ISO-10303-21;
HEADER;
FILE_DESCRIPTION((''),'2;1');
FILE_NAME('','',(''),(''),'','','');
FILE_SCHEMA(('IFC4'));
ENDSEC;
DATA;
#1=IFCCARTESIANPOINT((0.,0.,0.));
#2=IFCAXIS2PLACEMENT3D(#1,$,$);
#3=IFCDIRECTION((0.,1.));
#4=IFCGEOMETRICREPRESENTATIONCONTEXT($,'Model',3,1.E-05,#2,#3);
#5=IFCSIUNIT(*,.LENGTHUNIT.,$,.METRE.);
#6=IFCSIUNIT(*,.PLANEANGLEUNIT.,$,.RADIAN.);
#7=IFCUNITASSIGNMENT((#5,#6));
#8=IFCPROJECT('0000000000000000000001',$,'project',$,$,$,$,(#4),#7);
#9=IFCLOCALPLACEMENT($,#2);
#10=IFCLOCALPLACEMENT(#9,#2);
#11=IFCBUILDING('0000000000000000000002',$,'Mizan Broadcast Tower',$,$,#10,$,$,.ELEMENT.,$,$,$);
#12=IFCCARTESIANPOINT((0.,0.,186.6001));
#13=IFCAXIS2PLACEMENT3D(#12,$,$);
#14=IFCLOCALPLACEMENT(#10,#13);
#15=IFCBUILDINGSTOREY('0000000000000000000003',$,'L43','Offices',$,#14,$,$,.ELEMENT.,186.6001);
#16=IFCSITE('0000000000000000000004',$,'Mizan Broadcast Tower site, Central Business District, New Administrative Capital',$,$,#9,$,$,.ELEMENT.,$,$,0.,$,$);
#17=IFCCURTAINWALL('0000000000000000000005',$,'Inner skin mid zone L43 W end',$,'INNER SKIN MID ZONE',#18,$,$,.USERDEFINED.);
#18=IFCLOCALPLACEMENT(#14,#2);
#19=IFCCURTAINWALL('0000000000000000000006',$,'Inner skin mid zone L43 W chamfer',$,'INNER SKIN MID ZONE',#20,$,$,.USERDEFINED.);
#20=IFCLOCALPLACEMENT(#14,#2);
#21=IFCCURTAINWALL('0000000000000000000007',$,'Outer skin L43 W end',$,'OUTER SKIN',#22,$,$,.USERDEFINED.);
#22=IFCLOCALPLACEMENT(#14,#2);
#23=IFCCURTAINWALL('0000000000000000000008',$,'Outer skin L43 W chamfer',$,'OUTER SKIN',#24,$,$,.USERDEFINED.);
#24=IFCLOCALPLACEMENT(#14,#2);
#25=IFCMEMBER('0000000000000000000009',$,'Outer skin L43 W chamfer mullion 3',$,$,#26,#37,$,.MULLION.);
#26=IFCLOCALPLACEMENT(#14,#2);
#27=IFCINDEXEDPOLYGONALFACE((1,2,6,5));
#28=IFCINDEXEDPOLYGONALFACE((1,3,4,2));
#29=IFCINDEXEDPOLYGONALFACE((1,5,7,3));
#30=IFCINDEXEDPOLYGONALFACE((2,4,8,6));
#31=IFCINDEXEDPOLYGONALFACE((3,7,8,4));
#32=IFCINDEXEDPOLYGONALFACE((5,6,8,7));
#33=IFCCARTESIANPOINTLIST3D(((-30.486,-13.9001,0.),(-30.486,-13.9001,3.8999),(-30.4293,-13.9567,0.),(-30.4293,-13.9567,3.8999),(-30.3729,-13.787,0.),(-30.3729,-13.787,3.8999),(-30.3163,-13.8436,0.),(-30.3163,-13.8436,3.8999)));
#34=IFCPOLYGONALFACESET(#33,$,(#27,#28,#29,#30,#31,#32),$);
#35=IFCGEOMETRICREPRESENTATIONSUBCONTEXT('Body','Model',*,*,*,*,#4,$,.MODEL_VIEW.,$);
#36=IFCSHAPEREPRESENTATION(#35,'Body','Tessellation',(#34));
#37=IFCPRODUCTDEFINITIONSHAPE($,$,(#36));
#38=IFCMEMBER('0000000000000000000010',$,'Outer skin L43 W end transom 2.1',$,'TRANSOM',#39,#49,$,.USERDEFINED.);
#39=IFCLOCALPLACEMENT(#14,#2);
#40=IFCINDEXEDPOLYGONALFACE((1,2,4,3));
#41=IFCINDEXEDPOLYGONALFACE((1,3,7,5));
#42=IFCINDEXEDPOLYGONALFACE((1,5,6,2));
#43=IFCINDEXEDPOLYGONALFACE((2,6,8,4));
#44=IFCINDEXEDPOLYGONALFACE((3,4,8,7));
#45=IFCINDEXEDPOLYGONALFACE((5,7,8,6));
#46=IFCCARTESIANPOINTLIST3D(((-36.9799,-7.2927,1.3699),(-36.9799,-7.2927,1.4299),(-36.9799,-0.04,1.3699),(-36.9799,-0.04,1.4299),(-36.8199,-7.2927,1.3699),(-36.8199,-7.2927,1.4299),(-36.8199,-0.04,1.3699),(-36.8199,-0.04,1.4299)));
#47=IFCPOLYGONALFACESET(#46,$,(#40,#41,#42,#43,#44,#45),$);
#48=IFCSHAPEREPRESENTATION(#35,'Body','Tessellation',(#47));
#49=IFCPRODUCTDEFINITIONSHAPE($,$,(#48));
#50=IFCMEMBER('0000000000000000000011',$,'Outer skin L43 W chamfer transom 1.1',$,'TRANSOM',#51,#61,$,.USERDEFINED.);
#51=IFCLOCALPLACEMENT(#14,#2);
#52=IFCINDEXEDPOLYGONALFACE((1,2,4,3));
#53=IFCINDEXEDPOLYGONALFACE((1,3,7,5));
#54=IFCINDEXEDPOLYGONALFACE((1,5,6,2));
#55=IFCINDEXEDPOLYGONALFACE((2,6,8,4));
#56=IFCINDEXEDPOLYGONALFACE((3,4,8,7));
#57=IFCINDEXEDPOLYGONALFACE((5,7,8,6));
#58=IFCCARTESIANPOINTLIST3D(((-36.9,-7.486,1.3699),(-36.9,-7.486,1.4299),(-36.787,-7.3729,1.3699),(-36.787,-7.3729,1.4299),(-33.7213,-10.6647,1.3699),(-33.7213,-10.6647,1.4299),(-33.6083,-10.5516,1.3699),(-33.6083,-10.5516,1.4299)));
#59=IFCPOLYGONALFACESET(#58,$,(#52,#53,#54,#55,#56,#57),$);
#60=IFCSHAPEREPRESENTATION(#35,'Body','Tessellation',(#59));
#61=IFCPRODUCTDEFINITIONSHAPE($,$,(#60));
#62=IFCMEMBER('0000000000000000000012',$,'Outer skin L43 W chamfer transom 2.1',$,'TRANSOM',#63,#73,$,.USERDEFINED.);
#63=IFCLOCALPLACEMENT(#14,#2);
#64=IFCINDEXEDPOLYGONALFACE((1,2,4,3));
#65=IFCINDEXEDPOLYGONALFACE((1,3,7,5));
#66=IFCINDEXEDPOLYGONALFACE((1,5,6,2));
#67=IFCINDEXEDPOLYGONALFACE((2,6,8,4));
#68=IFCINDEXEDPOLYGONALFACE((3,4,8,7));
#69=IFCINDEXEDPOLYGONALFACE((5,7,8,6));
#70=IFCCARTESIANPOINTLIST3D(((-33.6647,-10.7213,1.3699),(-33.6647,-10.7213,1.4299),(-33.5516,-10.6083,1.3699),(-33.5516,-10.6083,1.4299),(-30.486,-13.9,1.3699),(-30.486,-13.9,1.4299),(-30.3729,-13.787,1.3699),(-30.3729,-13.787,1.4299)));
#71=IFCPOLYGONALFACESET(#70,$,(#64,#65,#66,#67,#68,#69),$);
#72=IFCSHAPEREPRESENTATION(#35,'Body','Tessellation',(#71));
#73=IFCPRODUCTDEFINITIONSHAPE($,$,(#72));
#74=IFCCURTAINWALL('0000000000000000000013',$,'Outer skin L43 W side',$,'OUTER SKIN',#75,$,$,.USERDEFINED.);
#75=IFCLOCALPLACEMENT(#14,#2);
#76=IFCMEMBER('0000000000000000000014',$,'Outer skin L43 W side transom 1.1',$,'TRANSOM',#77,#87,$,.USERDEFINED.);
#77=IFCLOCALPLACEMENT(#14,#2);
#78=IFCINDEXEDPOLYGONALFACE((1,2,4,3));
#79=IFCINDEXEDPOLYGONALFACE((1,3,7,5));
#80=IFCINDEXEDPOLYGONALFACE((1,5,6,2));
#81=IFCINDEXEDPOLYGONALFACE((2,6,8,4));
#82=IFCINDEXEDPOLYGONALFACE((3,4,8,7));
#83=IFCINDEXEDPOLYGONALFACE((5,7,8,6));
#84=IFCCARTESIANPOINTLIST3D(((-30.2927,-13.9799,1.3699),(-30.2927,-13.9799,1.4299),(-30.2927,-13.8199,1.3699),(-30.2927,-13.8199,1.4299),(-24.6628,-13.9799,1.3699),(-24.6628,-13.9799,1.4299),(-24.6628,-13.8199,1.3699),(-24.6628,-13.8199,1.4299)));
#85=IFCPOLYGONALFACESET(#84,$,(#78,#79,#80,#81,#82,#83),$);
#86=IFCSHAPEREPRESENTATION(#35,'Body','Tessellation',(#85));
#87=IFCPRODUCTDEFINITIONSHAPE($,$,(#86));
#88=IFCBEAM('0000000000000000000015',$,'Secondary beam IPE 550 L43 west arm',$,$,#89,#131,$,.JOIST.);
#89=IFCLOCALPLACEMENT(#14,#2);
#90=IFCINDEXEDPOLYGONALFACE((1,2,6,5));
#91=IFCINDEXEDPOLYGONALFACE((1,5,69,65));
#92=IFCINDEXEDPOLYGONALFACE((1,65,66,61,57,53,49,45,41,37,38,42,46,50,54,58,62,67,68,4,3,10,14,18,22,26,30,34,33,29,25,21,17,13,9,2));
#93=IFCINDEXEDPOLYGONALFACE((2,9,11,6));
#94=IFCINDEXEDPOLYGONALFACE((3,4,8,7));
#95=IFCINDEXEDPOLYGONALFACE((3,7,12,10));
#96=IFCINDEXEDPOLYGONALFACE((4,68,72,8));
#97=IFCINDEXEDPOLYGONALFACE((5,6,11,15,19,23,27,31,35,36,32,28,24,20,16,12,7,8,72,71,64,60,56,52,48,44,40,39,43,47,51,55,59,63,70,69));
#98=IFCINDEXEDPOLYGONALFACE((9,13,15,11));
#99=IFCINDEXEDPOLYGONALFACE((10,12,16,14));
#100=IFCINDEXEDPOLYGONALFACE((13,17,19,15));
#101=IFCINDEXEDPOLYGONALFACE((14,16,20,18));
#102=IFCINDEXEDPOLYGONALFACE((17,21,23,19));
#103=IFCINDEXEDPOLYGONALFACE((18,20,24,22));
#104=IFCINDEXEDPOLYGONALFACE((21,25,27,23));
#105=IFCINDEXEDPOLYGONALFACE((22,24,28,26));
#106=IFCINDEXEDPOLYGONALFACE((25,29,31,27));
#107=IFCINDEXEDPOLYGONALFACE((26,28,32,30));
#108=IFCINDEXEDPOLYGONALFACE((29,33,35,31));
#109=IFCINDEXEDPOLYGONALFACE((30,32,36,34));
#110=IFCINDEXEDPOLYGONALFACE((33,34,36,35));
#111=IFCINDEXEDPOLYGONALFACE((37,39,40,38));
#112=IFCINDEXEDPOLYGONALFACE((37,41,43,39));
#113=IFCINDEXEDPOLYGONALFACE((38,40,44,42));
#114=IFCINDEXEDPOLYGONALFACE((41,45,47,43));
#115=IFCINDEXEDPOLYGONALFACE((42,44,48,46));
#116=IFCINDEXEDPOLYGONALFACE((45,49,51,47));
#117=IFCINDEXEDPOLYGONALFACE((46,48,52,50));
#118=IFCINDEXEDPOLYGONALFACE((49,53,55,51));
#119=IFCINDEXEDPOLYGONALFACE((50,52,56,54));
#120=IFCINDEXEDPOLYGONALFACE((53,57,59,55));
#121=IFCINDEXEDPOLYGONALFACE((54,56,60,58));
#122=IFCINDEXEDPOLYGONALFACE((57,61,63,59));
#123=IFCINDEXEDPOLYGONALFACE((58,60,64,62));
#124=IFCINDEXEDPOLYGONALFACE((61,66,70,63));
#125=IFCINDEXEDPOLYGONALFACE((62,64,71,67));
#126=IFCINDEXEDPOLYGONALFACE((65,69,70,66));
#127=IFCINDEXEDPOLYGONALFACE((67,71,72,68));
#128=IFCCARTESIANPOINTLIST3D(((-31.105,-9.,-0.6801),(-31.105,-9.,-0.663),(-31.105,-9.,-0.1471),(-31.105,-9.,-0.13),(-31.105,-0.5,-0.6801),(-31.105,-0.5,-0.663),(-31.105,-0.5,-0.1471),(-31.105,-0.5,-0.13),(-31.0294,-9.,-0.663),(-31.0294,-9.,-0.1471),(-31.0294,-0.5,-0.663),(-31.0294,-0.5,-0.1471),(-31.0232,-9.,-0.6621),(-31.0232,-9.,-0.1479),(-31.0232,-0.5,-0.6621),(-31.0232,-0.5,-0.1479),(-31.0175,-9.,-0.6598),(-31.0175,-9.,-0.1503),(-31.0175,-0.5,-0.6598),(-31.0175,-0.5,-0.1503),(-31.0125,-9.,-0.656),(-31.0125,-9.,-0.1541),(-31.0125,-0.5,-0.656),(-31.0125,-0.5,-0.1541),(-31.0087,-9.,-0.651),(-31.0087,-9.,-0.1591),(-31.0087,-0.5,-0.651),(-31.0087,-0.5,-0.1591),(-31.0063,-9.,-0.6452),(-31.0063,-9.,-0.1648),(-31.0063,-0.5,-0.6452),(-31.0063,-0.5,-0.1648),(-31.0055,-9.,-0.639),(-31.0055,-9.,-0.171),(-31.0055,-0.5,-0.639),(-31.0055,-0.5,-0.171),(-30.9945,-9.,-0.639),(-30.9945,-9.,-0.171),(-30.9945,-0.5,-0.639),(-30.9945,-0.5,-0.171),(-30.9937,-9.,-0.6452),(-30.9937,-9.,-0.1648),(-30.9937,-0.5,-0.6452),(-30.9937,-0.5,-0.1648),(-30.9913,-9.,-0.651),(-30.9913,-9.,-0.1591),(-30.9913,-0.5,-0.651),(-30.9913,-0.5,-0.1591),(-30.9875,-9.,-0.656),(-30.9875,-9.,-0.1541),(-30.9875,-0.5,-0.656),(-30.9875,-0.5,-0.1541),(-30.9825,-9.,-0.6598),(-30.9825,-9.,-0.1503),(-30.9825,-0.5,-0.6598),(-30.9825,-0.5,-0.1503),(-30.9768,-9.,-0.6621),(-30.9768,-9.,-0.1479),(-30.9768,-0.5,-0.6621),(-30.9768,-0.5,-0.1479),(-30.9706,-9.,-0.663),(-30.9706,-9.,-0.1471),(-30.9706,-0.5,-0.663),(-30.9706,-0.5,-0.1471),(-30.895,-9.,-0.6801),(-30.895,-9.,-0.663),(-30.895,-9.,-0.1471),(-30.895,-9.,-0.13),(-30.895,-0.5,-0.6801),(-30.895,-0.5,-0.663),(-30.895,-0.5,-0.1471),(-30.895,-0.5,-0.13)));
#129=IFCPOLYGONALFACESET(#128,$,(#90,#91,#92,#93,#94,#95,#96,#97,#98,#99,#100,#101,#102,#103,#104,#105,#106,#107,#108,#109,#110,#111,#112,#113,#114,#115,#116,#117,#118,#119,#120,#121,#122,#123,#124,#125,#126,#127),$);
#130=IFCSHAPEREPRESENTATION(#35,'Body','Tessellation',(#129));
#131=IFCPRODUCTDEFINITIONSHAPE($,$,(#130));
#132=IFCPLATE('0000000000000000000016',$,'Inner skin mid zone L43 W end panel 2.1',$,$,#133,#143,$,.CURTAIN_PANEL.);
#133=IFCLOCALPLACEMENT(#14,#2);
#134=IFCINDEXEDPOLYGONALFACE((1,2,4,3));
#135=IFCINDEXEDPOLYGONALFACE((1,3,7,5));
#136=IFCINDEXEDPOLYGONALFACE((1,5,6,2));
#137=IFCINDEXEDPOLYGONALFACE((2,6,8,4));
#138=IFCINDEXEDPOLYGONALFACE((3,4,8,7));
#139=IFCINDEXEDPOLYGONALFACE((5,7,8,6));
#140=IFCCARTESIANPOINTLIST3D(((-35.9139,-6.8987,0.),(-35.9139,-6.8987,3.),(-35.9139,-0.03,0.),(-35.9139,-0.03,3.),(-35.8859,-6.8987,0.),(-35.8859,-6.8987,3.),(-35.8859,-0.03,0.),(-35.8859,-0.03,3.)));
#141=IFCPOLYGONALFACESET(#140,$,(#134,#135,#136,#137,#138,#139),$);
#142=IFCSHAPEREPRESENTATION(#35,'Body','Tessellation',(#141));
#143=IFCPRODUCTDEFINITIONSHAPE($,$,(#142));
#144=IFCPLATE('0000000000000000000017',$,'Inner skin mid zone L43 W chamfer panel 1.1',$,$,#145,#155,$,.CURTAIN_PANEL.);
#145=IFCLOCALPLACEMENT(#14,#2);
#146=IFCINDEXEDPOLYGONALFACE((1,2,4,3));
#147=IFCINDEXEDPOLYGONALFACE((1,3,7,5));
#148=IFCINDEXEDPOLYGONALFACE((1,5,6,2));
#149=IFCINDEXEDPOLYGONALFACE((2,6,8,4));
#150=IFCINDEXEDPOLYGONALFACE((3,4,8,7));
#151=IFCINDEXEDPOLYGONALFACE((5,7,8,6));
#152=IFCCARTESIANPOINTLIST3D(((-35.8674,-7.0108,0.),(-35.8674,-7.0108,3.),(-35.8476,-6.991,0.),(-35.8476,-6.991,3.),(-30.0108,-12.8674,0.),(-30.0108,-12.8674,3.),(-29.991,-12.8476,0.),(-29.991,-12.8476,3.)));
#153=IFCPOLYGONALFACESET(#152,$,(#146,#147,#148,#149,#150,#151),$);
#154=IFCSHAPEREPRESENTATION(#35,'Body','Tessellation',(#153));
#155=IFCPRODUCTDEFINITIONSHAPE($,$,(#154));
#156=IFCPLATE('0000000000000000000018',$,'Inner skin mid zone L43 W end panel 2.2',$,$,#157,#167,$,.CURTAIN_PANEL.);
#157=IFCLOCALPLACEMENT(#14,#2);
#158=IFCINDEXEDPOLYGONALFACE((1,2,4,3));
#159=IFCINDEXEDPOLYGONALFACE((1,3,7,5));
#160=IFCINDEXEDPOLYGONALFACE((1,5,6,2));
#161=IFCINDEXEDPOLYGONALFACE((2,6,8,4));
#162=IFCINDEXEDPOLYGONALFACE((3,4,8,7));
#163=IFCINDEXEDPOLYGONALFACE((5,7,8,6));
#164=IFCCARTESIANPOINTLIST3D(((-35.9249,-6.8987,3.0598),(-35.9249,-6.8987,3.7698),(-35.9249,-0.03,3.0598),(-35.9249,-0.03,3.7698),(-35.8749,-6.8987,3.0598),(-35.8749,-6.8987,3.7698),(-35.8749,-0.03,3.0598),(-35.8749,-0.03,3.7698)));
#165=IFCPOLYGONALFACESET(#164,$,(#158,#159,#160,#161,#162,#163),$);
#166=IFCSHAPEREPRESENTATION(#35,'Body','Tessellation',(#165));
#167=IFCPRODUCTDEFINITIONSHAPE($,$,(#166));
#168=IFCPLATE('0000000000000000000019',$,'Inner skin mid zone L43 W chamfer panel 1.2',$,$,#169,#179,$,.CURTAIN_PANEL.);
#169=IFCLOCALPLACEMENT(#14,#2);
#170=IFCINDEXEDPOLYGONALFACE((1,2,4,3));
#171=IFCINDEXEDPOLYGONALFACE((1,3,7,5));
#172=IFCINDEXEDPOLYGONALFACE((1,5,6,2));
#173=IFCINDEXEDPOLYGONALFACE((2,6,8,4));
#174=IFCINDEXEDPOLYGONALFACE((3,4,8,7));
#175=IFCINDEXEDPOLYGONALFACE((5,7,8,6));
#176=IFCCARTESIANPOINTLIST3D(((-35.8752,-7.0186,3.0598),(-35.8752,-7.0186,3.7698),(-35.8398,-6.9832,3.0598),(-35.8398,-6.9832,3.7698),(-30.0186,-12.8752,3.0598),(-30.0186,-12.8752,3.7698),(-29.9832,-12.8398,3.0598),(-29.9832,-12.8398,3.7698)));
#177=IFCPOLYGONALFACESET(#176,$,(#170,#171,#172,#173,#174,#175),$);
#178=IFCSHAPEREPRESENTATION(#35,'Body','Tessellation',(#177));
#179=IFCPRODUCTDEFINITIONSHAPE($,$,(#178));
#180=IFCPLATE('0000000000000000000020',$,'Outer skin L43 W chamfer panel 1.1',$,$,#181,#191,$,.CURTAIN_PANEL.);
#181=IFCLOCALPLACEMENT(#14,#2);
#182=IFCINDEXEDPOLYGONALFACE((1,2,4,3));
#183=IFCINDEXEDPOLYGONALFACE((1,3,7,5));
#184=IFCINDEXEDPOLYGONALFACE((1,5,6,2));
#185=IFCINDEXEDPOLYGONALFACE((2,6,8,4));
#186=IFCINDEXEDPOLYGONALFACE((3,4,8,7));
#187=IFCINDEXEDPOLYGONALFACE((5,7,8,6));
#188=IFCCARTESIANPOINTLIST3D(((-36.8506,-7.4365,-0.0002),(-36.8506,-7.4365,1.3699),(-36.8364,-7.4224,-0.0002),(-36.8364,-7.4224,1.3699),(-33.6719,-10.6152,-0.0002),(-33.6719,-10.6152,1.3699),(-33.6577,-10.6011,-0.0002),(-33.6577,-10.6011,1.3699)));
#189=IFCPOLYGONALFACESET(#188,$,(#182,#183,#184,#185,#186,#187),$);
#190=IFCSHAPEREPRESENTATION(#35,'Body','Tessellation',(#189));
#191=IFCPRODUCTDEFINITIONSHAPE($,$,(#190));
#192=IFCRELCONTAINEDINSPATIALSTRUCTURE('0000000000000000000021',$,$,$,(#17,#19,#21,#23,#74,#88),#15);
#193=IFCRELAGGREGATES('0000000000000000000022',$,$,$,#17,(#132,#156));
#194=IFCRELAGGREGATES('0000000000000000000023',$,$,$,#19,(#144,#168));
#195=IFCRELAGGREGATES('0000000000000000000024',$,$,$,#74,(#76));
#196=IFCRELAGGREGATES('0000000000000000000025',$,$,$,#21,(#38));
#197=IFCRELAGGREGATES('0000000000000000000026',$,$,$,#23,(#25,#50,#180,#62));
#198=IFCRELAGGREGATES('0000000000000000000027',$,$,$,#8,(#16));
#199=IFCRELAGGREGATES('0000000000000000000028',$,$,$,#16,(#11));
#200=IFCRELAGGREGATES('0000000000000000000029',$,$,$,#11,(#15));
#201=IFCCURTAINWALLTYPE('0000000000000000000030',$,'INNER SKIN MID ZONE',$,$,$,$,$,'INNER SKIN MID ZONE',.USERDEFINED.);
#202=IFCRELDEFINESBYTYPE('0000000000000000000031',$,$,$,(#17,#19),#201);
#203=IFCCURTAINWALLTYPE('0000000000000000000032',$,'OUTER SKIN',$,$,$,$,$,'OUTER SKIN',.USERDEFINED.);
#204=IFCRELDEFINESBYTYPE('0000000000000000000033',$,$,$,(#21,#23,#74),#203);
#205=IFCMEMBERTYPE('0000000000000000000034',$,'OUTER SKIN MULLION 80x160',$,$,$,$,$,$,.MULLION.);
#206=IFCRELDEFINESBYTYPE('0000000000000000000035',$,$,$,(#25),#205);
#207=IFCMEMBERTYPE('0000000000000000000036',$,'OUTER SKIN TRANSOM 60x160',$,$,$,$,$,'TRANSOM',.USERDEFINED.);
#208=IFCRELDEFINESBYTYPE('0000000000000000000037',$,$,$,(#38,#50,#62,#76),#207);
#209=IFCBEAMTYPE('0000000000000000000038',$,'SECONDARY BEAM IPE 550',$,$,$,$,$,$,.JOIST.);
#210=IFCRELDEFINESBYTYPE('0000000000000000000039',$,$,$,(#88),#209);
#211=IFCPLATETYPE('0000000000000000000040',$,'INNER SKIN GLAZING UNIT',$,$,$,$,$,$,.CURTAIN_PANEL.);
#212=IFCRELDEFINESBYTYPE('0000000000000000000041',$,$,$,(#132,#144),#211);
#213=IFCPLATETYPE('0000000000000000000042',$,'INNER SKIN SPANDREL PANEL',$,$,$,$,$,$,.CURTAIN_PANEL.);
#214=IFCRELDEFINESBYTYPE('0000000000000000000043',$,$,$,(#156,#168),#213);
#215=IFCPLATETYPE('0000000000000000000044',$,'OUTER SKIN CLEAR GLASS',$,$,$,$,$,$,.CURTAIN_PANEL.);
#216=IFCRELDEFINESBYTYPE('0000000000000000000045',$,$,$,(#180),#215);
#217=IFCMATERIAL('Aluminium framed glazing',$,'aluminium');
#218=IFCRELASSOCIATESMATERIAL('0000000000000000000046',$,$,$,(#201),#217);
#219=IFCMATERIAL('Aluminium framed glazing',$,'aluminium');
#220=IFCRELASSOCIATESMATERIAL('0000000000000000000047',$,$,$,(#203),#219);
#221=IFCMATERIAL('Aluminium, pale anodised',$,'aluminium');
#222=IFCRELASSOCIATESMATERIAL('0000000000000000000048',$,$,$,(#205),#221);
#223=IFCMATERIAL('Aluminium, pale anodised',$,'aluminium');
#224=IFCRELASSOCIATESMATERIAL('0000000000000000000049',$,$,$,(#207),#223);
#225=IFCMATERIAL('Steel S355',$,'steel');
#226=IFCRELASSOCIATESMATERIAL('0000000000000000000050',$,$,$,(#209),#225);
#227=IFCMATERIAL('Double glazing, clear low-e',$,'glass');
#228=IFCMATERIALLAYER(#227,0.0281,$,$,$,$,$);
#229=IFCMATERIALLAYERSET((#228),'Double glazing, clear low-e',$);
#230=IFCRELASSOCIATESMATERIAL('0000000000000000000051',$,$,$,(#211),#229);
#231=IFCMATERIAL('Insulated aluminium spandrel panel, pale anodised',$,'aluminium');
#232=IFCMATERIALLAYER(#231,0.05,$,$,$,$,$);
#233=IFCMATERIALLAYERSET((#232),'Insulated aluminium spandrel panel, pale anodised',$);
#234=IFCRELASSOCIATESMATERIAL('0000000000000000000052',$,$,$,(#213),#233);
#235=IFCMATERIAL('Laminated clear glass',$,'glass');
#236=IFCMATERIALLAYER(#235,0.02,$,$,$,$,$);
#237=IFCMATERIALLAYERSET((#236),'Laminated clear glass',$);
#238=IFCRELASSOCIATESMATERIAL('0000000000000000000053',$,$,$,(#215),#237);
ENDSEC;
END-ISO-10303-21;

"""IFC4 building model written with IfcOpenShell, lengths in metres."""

from ifc_helpers import new_model, si_unit, direction, frame, origin, origin_2d, place, context, subcontext, project, spatial, rectangle, i_section, extrude, material, layer, layer_set, material_profile, profile_set, type_object, element, aggregate, save


model = new_model("IFC4")

# Units and contexts
model_context = context("Model", 3, precision=1e-05, world=origin(), true_north=direction((0.0, 1.0)))
body_context = subcontext(model_context, "Body", "Model", "MODEL_VIEW")
ifc_project = project(units=[si_unit("LENGTHUNIT", "METRE"), si_unit("PLANEANGLEUNIT", "RADIAN")], contexts=[model_context])

# Site, building, storey
site_placement = place(None, origin())
site = spatial("IfcSite", under=ifc_project, at=site_placement, Name="Mizan Broadcast Tower site, Central Business District, New Administrative Capital", CompositionType="ELEMENT", RefElevation=0.0)
building_placement = place(site_placement, origin())
building = spatial("IfcBuilding", under=site, at=building_placement, Name="Mizan Broadcast Tower", CompositionType="ELEMENT")
storey_placement = place(building_placement, frame((0.0, 0.0, 186.6001)))
storey = spatial("IfcBuildingStorey", under=building, at=storey_placement, Name="L43", Description="Offices", CompositionType="ELEMENT", Elevation=186.6001)

# Curtain wall
ifc_material_1 = material(Name="Aluminium framed glazing", Category="aluminium")
curtain_wall_type_1 = type_object("IfcCurtainWallType", Name="INNER SKIN MID ZONE", ElementType="INNER SKIN MID ZONE", PredefinedType="USERDEFINED", material=ifc_material_1)
curtain_wall_1_placement = place(storey_placement, origin())
curtain_wall_1 = element("IfcCurtainWall", 1, at=curtain_wall_1_placement, inside=storey, type_object=curtain_wall_type_1, Name="Inner skin mid zone L43 W end", ObjectType="INNER SKIN MID ZONE", PredefinedType="USERDEFINED")

# Curtain wall
curtain_wall_2_placement = place(storey_placement, origin())
curtain_wall_2 = element("IfcCurtainWall", 2, at=curtain_wall_2_placement, inside=storey, type_object=curtain_wall_type_1, Name="Inner skin mid zone L43 W chamfer", ObjectType="INNER SKIN MID ZONE", PredefinedType="USERDEFINED")

# Curtain walls, member
ifc_material_2 = material(Name="Aluminium framed glazing", Category="aluminium")
curtain_wall_type_2 = type_object("IfcCurtainWallType", Name="OUTER SKIN", ElementType="OUTER SKIN", PredefinedType="USERDEFINED", material=ifc_material_2)
curtain_wall_3_placement = place(storey_placement, origin())
curtain_wall_3 = element("IfcCurtainWall", 3, at=curtain_wall_3_placement, inside=storey, type_object=curtain_wall_type_2, Name="Outer skin L43 W end", ObjectType="OUTER SKIN", PredefinedType="USERDEFINED")
ifc_material_3 = material(Name="Aluminium, pale anodised", Category="aluminium")
ifc_material_profile_1 = material_profile(ifc_material_3, rectangle(XDim=0.1599, YDim=0.0801, at=origin_2d()), Name="MULLION 160x80")
ifc_profile_set_1 = profile_set([ifc_material_profile_1], Name="Aluminium, pale anodised")
member_type_1 = type_object("IfcMemberType", Name="OUTER SKIN MULLION 80x160", PredefinedType="MULLION", material=ifc_profile_set_1)
curtain_wall_4_placement = place(storey_placement, origin())
curtain_wall_4 = element("IfcCurtainWall", 4, at=curtain_wall_4_placement, inside=storey, type_object=curtain_wall_type_2, Name="Outer skin L43 W chamfer", ObjectType="OUTER SKIN", PredefinedType="USERDEFINED")
member_1_placement = place(storey_placement, frame((-30.4011, -13.8718, 0.0), z_axis=(0.0, 0.0, 1.0), x_axis=(0.707107, 0.707107, 0.0)))
member_1 = element("IfcMember", 5, at=member_1_placement, type_object=member_type_1, Name="Outer skin L43 W chamfer mullion 3", PredefinedType="MULLION", context=body_context, shape_type="SweptSolid", body=[
    extrude(rectangle(XDim=0.1599, YDim=0.0801, at=origin_2d()), origin(), (0.0, 0.0, 1.0), 3.8999),
])

# Members
ifc_material_4 = material(Name="Aluminium, pale anodised", Category="aluminium")
ifc_material_profile_2 = material_profile(ifc_material_4, rectangle(XDim=0.1599, YDim=0.0601, at=origin_2d()), Name="TRANSOM 160x60")
ifc_profile_set_2 = profile_set([ifc_material_profile_2], Name="Aluminium, pale anodised")
member_type_2 = type_object("IfcMemberType", Name="OUTER SKIN TRANSOM 60x160", ElementType="TRANSOM", PredefinedType="USERDEFINED", material=ifc_profile_set_2)
member_2_placement = place(storey_placement, frame((-36.8999, -0.04, 1.3999), z_axis=(0.0, -1.0, 0.0), x_axis=(1.0, 0.0, 0.0)))
member_2 = element("IfcMember", 6, at=member_2_placement, type_object=member_type_2, Name="Outer skin L43 W end transom 2.1", ObjectType="TRANSOM", PredefinedType="USERDEFINED", context=body_context, shape_type="SweptSolid", body=[
    extrude(rectangle(XDim=0.1599, YDim=0.0601, at=origin_2d()), origin(), (0.0, 0.0, 1.0), 7.2527),
])
member_3_placement = place(storey_placement, frame((-36.8435, -7.4294, 1.3999), z_axis=(0.707107, -0.707107, 0.0), x_axis=(0.707107, 0.707107, 0.0)))
member_3 = element("IfcMember", 7, at=member_3_placement, type_object=member_type_2, Name="Outer skin L43 W chamfer transom 1.1", ObjectType="TRANSOM", PredefinedType="USERDEFINED", context=body_context, shape_type="SweptSolid", body=[
    extrude(rectangle(XDim=0.1599, YDim=0.0601, at=origin_2d()), origin(), (0.0, 0.0, 1.0), 4.4954),
])
member_4_placement = place(storey_placement, frame((-33.6082, -10.6648, 1.3999), z_axis=(0.707107, -0.707107, 0.0), x_axis=(0.707107, 0.707107, 0.0)))
member_4 = element("IfcMember", 8, at=member_4_placement, type_object=member_type_2, Name="Outer skin L43 W chamfer transom 2.1", ObjectType="TRANSOM", PredefinedType="USERDEFINED", context=body_context, shape_type="SweptSolid", body=[
    extrude(rectangle(XDim=0.1599, YDim=0.0601, at=origin_2d()), origin(), (0.0, 0.0, 1.0), 4.4954),
])

# Curtain wall, member
curtain_wall_5_placement = place(storey_placement, origin())
curtain_wall_5 = element("IfcCurtainWall", 9, at=curtain_wall_5_placement, inside=storey, type_object=curtain_wall_type_2, Name="Outer skin L43 W side", ObjectType="OUTER SKIN", PredefinedType="USERDEFINED")
member_5_placement = place(storey_placement, frame((-30.2927, -13.8999, 1.3999), z_axis=(1.0, 0.0, 0.0), x_axis=(0.0, 1.0, 0.0)))
member_5 = element("IfcMember", 10, at=member_5_placement, type_object=member_type_2, Name="Outer skin L43 W side transom 1.1", ObjectType="TRANSOM", PredefinedType="USERDEFINED", context=body_context, shape_type="SweptSolid", body=[
    extrude(rectangle(XDim=0.1599, YDim=0.0601, at=origin_2d()), origin(), (0.0, 0.0, 1.0), 5.6299),
])

# Beam
ifc_material_5 = material(Name="Steel S355", Category="steel")
ifc_material_profile_3 = material_profile(ifc_material_5, i_section(OverallWidth=0.21, OverallDepth=0.55, WebThickness=0.011, FlangeThickness=0.0171, FilletRadius=0.0239, at=origin_2d()), Name="IPE 550")
ifc_profile_set_3 = profile_set([ifc_material_profile_3], Name="Steel S355")
beam_type_1 = type_object("IfcBeamType", Name="SECONDARY BEAM IPE 550", PredefinedType="JOIST", material=ifc_profile_set_3)
beam_1_placement = place(storey_placement, frame((-31.0, -9.0, -0.405), z_axis=(0.0, 1.0, 0.0), x_axis=(-1.0, 0.0, 0.0)))
element("IfcBeam", 11, at=beam_1_placement, inside=storey, type_object=beam_type_1, Name="Secondary beam IPE 550 L43 west arm", PredefinedType="JOIST", context=body_context, shape_type="SweptSolid", body=[
    extrude(i_section(OverallWidth=0.21, OverallDepth=0.55, WebThickness=0.011, FlangeThickness=0.0171, FilletRadius=0.0239, at=origin_2d()), origin(), (0.0, 0.0, 1.0), 8.5),
])

# Plates
ifc_material_6 = material(Name="Double glazing, clear low-e", Category="glass")
ifc_layer_1 = layer(ifc_material_6, 0.0281)
ifc_layer_set_1 = layer_set([ifc_layer_1], Name="Double glazing, clear low-e")
plate_type_1 = type_object("IfcPlateType", Name="INNER SKIN GLAZING UNIT", PredefinedType="CURTAIN_PANEL", material=ifc_layer_set_1)
plate_1_placement = place(storey_placement, frame((-35.8999, -3.4644, 0.0), z_axis=(0.0, 0.0, 1.0), x_axis=(0.0, -1.0, 0.0)))
plate_1 = element("IfcPlate", 12, at=plate_1_placement, type_object=plate_type_1, Name="Inner skin mid zone L43 W end panel 2.1", PredefinedType="CURTAIN_PANEL", context=body_context, shape_type="SweptSolid", body=[
    extrude(rectangle(XDim=6.8687, YDim=0.0281, at=origin_2d()), origin(), (0.0, 0.0, 1.0), 3.0),
])
plate_2_placement = place(storey_placement, frame((-32.9292, -9.9292, 0.0), z_axis=(0.0, 0.0, 1.0), x_axis=(0.707107, -0.707107, 0.0)))
plate_2 = element("IfcPlate", 13, at=plate_2_placement, type_object=plate_type_1, Name="Inner skin mid zone L43 W chamfer panel 1.1", PredefinedType="CURTAIN_PANEL", context=body_context, shape_type="SweptSolid", body=[
    extrude(rectangle(XDim=8.2825, YDim=0.0281, at=origin_2d()), origin(), (0.0, 0.0, 1.0), 3.0),
])
ifc_material_7 = material(Name="Insulated aluminium spandrel panel, pale anodised", Category="aluminium")
ifc_layer_2 = layer(ifc_material_7, 0.05)
ifc_layer_set_2 = layer_set([ifc_layer_2], Name="Insulated aluminium spandrel panel, pale anodised")
plate_type_2 = type_object("IfcPlateType", Name="INNER SKIN SPANDREL PANEL", PredefinedType="CURTAIN_PANEL", material=ifc_layer_set_2)
plate_3_placement = place(storey_placement, frame((-35.8999, -3.4644, 3.0598), z_axis=(0.0, 0.0, 1.0), x_axis=(0.0, -1.0, 0.0)))
plate_3 = element("IfcPlate", 14, at=plate_3_placement, type_object=plate_type_2, Name="Inner skin mid zone L43 W end panel 2.2", PredefinedType="CURTAIN_PANEL", context=body_context, shape_type="SweptSolid", body=[
    extrude(rectangle(XDim=6.8687, YDim=0.05, at=origin_2d()), origin(), (0.0, 0.0, 1.0), 0.71),
])
aggregate(curtain_wall_1, [plate_1, plate_3])
plate_4_placement = place(storey_placement, frame((-32.9292, -9.9292, 3.0598), z_axis=(0.0, 0.0, 1.0), x_axis=(0.707107, -0.707107, 0.0)))
plate_4 = element("IfcPlate", 15, at=plate_4_placement, type_object=plate_type_2, Name="Inner skin mid zone L43 W chamfer panel 1.2", PredefinedType="CURTAIN_PANEL", context=body_context, shape_type="SweptSolid", body=[
    extrude(rectangle(XDim=8.2825, YDim=0.05, at=origin_2d()), origin(), (0.0, 0.0, 1.0), 0.71),
])
aggregate(curtain_wall_2, [plate_2, plate_4])
ifc_material_8 = material(Name="Laminated clear glass", Category="glass")
ifc_layer_3 = layer(ifc_material_8, 0.02)
ifc_layer_set_3 = layer_set([ifc_layer_3], Name="Laminated clear glass")
plate_type_3 = type_object("IfcPlateType", Name="OUTER SKIN CLEAR GLASS", PredefinedType="CURTAIN_PANEL", material=ifc_layer_set_3)
plate_5_placement = place(storey_placement, frame((-35.2542, -9.0188, -0.0002), z_axis=(0.0, 0.0, 1.0), x_axis=(0.707107, -0.707107, 0.0)))
plate_5 = element("IfcPlate", 16, at=plate_5_placement, type_object=plate_type_3, Name="Outer skin L43 W chamfer panel 1.1", PredefinedType="CURTAIN_PANEL", context=body_context, shape_type="SweptSolid", body=[
    extrude(rectangle(XDim=4.4954, YDim=0.02, at=origin_2d()), origin(), (0.0, 0.0, 1.0), 1.3701),
])
aggregate(curtain_wall_5, [member_5])
aggregate(curtain_wall_3, [member_2])
aggregate(curtain_wall_4, [member_1, member_3, plate_5, member_4])

save(model, "model.ifc")
